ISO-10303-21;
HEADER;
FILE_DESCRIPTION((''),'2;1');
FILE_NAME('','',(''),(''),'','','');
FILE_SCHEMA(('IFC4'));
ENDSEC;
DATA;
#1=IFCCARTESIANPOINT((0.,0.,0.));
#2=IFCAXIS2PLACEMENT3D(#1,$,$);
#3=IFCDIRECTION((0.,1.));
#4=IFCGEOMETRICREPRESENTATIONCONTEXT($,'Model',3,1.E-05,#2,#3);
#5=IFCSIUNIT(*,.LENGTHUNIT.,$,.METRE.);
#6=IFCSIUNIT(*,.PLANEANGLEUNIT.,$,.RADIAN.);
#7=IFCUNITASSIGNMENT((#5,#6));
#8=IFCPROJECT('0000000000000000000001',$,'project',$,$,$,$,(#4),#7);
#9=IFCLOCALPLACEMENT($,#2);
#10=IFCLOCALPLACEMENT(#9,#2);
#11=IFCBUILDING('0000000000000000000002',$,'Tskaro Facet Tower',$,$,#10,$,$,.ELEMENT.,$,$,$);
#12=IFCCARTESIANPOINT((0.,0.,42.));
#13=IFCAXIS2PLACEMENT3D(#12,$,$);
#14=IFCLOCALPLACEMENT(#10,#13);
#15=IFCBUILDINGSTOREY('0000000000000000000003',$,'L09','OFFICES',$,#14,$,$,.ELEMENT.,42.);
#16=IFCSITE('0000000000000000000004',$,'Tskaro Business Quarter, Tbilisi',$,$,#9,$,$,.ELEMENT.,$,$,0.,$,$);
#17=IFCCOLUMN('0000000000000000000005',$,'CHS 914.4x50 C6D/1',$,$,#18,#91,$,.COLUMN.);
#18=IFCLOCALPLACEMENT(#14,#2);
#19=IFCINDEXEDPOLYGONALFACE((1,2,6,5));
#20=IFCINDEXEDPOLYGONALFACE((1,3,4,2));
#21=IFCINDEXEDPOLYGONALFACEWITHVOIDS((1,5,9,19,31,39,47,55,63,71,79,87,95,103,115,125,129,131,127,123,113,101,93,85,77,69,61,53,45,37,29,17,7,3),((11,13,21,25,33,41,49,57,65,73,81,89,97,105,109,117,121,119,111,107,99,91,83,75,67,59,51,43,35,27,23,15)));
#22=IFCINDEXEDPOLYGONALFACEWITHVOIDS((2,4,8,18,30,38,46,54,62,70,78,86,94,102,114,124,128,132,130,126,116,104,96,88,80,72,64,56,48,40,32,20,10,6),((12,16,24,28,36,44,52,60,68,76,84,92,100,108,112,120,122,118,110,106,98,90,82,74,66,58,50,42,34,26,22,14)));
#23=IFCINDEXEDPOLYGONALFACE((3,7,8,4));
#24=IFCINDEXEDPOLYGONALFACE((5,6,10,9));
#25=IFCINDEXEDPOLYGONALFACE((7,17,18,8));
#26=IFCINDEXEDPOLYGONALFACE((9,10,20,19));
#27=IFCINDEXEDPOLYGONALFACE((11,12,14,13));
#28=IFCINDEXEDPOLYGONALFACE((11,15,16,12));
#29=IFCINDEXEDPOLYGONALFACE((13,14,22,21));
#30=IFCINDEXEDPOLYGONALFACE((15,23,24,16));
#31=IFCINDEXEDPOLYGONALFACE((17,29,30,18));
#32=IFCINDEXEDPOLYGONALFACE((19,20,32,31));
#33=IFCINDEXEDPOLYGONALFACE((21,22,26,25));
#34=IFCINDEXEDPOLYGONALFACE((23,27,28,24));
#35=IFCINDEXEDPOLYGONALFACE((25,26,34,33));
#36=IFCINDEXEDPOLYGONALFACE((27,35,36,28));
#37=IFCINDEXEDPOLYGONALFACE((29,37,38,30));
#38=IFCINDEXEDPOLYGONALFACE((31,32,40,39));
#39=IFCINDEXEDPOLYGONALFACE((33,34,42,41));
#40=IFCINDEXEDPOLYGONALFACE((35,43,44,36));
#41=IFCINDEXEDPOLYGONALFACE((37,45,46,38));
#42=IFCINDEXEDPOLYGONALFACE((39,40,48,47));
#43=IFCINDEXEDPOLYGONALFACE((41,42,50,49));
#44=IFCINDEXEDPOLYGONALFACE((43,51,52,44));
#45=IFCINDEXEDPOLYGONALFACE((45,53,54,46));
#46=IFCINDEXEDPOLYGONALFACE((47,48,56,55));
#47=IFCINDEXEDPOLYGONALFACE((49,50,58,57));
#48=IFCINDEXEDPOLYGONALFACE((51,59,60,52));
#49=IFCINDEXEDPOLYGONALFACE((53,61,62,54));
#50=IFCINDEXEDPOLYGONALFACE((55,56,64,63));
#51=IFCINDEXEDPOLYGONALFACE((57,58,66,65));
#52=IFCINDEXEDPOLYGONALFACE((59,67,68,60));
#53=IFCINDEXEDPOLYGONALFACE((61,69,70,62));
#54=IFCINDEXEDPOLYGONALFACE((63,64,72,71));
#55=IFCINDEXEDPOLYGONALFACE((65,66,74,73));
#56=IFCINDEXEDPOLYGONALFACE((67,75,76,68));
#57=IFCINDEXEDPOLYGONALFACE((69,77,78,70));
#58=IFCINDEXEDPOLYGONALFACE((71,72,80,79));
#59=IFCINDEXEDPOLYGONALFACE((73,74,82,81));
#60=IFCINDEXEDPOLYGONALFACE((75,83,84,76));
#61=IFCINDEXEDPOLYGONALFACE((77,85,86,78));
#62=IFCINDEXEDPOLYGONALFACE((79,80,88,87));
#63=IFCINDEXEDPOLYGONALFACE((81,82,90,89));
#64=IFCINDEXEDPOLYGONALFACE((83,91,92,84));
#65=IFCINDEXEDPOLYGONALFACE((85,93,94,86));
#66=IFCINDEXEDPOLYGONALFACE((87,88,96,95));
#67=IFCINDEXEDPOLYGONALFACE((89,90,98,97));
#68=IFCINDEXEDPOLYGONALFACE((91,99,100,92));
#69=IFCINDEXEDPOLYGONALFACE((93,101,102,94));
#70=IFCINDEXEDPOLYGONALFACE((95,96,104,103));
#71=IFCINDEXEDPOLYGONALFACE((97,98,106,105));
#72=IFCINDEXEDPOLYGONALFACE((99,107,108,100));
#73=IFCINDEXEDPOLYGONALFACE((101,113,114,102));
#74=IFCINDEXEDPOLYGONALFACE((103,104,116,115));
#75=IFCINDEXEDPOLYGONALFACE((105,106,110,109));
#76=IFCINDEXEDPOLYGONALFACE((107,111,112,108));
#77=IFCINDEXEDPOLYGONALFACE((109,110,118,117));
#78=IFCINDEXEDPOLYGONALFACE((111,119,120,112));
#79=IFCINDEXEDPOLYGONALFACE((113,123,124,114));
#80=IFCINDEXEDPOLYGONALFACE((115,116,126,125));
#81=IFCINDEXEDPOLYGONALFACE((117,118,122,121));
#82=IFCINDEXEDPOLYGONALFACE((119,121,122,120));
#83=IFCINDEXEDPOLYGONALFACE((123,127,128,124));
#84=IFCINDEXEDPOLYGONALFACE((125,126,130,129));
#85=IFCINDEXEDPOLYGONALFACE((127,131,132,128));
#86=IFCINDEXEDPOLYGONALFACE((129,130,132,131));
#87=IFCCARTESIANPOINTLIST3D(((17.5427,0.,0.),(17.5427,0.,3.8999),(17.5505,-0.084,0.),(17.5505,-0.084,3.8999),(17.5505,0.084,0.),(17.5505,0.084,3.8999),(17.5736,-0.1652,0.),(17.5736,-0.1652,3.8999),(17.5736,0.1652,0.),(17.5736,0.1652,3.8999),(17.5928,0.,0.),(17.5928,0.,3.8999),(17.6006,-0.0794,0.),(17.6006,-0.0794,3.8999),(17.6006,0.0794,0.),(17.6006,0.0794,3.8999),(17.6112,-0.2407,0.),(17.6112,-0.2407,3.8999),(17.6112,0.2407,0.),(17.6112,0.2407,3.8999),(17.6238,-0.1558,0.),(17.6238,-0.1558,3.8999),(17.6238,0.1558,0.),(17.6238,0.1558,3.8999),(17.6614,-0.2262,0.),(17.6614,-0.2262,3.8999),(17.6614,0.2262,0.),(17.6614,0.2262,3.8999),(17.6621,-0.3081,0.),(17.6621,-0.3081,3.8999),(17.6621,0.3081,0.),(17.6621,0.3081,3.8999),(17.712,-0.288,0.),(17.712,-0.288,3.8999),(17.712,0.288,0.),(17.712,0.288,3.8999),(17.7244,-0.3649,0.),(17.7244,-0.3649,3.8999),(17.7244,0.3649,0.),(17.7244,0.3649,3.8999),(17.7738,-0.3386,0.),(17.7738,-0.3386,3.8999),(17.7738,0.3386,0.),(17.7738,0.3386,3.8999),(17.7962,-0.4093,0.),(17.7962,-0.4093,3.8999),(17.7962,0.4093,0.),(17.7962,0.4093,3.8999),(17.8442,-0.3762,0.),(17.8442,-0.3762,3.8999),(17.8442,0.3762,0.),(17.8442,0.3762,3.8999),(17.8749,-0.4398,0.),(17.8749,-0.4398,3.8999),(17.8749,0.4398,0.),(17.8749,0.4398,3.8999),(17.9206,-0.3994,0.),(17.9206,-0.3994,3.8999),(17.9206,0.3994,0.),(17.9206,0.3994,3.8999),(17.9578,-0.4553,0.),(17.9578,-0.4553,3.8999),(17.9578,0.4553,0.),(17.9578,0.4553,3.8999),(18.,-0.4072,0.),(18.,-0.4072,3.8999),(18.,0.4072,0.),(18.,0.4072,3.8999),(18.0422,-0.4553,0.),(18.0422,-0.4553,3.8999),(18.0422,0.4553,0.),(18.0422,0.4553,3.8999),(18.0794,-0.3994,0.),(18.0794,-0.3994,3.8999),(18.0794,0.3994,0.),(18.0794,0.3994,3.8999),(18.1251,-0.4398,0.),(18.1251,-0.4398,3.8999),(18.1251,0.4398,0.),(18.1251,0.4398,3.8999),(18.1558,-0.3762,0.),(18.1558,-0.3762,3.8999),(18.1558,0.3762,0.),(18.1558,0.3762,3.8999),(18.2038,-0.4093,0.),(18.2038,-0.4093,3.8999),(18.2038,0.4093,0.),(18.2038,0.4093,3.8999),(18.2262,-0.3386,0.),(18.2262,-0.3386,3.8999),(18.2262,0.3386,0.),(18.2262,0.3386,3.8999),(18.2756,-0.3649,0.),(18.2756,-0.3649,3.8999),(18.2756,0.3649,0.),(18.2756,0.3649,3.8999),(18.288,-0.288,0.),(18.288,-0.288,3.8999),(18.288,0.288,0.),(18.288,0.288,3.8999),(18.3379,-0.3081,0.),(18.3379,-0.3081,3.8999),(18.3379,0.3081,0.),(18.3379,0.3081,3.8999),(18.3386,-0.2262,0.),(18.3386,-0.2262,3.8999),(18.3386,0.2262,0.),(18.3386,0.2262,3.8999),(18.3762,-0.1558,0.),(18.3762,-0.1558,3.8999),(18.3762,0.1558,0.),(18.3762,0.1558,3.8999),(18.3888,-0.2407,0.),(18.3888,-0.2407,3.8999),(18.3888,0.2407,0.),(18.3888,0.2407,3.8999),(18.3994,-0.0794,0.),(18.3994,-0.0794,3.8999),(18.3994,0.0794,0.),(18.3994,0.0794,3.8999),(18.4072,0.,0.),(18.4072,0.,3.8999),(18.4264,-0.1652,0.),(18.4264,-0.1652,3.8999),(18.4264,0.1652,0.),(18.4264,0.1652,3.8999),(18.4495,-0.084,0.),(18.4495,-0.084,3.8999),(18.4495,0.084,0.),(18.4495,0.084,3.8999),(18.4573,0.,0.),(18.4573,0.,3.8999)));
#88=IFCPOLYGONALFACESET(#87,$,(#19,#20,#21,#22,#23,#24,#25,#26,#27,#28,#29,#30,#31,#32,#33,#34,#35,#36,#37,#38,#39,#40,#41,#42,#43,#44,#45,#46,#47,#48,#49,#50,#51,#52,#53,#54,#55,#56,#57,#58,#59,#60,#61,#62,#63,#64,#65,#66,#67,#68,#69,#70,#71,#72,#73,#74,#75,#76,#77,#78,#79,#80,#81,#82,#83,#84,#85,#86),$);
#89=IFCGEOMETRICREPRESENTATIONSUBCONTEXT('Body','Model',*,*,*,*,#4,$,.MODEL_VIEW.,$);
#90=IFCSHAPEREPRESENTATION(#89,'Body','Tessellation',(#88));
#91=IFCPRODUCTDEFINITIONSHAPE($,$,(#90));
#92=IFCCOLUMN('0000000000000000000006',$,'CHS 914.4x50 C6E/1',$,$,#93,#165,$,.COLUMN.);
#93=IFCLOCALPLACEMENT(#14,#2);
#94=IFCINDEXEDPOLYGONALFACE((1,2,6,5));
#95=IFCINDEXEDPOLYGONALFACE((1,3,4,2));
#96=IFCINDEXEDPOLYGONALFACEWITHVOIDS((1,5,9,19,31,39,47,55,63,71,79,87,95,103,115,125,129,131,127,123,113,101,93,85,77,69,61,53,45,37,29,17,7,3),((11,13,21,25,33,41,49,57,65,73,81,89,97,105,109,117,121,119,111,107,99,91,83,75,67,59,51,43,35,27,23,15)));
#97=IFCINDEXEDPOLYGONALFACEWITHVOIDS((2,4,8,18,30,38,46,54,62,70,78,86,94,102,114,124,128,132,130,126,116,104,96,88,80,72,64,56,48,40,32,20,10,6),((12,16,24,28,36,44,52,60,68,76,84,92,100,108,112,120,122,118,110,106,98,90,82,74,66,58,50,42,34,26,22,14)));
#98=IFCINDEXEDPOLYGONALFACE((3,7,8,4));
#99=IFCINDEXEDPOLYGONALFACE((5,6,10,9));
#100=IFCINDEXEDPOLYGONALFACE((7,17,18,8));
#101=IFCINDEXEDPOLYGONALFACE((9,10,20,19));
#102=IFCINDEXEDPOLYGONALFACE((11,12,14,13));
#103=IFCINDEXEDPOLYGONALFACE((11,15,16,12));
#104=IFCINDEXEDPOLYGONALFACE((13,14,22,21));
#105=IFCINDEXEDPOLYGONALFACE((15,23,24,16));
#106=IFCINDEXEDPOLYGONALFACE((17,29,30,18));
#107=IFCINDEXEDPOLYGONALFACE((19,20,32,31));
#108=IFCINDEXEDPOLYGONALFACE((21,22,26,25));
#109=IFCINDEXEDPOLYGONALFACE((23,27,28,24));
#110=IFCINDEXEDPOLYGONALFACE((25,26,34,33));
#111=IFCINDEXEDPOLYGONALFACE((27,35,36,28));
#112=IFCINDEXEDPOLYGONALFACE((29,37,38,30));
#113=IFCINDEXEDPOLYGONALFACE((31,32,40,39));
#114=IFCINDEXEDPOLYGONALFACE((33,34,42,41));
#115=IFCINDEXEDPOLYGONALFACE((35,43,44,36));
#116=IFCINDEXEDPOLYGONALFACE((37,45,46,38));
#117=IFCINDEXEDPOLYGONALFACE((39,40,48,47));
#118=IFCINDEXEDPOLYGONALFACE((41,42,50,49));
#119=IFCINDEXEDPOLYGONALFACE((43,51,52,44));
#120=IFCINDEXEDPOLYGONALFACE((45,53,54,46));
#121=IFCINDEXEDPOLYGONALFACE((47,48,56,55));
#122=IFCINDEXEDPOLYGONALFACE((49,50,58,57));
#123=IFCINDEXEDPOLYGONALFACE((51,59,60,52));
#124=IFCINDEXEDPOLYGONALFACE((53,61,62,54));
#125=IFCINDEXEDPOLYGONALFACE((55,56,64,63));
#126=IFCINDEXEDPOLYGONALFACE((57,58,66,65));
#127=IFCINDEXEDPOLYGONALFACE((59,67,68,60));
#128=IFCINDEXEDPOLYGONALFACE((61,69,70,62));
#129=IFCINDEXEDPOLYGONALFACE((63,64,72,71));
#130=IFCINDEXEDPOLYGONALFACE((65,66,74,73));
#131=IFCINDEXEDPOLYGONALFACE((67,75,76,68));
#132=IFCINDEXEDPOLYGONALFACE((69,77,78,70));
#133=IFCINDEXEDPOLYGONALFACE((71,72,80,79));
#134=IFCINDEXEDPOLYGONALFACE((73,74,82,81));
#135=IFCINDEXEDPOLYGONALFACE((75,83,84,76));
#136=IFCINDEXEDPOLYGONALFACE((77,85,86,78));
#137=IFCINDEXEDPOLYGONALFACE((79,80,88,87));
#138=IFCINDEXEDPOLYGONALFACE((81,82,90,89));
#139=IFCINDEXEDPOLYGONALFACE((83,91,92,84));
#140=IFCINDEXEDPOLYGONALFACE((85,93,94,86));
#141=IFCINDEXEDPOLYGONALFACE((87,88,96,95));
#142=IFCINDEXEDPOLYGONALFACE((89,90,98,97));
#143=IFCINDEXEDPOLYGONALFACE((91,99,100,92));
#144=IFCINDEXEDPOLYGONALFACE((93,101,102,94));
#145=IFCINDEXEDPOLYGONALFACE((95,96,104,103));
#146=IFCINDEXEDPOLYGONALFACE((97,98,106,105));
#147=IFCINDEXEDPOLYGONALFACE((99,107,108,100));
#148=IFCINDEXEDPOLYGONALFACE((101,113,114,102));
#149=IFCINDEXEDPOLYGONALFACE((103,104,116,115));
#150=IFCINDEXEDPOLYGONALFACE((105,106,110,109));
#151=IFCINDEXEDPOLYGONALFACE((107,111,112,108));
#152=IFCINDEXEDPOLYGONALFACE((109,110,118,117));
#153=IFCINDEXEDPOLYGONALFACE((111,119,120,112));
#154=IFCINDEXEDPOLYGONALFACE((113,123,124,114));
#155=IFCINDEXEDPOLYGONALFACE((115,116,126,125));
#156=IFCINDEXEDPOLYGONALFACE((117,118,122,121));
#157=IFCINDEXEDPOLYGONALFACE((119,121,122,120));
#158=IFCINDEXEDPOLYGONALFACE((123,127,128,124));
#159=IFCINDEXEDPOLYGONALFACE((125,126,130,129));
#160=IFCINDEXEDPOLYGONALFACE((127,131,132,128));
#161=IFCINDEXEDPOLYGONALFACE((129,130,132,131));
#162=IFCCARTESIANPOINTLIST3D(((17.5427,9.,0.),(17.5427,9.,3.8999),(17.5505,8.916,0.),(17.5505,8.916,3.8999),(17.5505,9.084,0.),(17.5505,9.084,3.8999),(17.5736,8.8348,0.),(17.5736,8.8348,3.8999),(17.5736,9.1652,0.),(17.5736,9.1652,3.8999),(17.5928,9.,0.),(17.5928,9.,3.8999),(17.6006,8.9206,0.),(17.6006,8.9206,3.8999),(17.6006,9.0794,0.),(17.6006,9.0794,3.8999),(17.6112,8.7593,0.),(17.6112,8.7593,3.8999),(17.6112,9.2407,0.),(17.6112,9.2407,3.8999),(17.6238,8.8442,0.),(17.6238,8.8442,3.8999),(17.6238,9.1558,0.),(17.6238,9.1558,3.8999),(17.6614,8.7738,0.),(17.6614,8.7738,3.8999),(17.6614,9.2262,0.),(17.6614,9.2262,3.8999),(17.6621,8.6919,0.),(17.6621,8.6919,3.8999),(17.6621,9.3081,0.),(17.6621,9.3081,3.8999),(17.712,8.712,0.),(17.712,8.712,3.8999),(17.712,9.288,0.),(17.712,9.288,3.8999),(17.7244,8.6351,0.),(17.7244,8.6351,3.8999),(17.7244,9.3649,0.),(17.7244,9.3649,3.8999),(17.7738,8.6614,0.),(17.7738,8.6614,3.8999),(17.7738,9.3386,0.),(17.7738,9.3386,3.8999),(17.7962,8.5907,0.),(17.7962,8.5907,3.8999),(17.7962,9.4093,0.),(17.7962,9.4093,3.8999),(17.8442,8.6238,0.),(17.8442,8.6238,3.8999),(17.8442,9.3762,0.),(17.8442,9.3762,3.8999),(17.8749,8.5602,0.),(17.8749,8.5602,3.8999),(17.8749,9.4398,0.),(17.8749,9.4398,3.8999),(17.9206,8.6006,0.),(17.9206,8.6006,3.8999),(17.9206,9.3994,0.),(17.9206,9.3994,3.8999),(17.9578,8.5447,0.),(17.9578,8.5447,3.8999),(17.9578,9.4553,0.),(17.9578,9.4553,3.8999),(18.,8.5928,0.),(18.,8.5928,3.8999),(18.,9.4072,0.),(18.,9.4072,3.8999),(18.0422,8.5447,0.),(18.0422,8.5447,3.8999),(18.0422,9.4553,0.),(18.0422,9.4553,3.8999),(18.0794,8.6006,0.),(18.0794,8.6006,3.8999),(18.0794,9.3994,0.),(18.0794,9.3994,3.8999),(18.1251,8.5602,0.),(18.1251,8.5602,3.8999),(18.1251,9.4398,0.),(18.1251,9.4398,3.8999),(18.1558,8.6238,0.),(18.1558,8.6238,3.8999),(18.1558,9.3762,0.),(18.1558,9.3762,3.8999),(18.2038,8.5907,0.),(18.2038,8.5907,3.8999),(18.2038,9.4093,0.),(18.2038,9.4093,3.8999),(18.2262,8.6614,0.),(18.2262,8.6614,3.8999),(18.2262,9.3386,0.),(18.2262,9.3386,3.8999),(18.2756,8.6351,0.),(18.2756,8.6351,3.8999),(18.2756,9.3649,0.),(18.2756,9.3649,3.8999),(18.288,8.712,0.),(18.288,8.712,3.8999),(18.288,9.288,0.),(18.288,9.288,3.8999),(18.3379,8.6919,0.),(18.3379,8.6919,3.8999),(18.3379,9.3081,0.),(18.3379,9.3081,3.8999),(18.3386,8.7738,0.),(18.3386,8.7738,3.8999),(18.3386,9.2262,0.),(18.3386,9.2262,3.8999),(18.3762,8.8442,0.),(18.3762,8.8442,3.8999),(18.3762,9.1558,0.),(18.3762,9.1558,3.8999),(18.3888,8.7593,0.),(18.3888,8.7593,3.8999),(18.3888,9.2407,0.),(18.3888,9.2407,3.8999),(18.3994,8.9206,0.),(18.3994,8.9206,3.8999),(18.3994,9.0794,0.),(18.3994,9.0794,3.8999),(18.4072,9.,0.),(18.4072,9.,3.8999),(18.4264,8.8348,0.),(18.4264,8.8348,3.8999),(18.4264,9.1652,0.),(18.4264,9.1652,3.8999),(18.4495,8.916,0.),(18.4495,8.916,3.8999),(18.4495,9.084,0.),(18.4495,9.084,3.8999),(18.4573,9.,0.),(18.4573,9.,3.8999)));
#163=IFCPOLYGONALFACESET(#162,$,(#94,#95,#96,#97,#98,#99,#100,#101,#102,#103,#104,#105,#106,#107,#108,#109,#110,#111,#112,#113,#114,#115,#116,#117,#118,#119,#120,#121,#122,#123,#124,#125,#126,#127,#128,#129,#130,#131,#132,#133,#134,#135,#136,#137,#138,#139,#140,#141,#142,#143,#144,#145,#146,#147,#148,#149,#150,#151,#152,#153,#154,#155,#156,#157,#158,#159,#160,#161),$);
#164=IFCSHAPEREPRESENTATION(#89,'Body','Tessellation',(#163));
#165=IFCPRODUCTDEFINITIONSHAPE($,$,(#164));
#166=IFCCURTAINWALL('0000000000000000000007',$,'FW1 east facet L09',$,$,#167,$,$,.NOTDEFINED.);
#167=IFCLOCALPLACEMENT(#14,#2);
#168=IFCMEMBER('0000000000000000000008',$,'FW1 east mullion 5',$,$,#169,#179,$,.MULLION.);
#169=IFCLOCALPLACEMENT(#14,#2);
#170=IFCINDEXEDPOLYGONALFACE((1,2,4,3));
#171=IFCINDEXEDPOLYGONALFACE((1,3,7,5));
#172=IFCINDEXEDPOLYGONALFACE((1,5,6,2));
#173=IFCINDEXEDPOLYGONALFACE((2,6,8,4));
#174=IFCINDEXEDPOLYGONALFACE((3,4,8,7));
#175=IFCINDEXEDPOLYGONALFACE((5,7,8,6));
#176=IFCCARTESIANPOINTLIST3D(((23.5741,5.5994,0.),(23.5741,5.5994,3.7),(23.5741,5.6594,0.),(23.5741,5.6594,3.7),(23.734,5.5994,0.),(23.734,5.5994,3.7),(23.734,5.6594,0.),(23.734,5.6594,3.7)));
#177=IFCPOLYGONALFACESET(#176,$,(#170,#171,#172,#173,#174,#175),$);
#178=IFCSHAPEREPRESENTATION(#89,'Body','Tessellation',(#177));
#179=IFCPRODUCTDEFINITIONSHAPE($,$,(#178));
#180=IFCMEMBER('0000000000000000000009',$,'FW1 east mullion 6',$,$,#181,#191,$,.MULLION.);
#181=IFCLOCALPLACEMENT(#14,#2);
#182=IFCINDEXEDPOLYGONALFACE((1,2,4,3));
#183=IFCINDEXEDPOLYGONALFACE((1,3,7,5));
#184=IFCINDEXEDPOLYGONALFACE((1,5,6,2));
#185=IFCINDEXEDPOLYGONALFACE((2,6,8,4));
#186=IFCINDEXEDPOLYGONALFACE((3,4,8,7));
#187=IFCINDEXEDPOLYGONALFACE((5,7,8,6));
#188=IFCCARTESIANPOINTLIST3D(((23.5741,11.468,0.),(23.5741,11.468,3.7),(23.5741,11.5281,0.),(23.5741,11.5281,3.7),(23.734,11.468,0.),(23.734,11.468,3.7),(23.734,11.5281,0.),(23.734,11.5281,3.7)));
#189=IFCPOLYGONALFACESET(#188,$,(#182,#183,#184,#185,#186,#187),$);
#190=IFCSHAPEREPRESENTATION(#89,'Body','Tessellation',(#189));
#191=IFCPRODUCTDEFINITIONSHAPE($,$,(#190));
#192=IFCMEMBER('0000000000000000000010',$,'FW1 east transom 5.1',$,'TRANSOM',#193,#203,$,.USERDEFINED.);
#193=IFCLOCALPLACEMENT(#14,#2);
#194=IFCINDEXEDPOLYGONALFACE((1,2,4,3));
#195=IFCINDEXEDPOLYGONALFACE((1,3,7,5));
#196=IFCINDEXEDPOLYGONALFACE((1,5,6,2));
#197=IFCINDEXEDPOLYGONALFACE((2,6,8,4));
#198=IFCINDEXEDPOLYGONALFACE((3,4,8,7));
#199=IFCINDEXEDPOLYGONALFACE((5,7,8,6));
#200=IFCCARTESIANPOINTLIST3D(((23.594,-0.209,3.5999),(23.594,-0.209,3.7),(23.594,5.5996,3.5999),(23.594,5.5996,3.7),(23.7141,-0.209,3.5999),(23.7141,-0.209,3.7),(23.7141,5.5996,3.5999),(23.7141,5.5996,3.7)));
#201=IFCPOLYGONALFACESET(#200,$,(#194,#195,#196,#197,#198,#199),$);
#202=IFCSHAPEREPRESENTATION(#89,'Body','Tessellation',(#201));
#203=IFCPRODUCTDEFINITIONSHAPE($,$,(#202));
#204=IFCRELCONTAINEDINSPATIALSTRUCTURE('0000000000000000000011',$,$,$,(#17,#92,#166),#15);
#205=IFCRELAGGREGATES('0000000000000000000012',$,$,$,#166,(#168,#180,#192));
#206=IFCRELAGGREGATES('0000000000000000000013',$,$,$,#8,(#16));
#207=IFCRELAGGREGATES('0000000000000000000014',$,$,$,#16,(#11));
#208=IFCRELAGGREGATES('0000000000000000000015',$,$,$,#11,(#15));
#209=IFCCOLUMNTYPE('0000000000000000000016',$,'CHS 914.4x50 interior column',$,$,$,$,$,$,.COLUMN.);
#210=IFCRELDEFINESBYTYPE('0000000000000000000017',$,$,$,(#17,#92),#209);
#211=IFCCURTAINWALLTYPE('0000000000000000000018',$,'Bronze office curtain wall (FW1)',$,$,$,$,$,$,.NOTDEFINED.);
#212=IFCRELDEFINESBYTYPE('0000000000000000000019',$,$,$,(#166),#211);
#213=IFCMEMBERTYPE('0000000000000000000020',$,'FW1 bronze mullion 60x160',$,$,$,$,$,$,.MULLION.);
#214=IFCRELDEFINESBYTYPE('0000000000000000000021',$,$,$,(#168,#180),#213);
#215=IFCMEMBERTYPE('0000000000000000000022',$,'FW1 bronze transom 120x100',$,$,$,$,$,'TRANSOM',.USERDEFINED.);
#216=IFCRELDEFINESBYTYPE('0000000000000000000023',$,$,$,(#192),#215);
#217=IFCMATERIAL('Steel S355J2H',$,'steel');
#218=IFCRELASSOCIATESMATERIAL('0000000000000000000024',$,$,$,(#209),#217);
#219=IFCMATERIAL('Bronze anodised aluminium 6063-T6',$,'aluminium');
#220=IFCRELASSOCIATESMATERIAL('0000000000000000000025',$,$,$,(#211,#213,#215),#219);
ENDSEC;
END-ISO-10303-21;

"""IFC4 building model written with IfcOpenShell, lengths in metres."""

from ifc_helpers import new_model, si_unit, direction, frame, origin, origin_2d, place, context, subcontext, project, spatial, rectangle, hollow_circle, extrude, material, material_profile, profile_set, type_object, element, aggregate, save


model = new_model("IFC4")

# Units and contexts
model_context = context("Model", 3, precision=1e-05, world=origin(), true_north=direction((0.0, 1.0)))
body_context = subcontext(model_context, "Body", "Model", "MODEL_VIEW")
ifc_project = project(units=[si_unit("LENGTHUNIT", "METRE"), si_unit("PLANEANGLEUNIT", "RADIAN")], contexts=[model_context])

# Site, building, storey
site_placement = place(None, origin())
site = spatial("IfcSite", under=ifc_project, at=site_placement, Name="Tskaro Business Quarter, Tbilisi", CompositionType="ELEMENT", RefElevation=0.0)
building_placement = place(site_placement, origin())
building = spatial("IfcBuilding", under=site, at=building_placement, Name="Tskaro Facet Tower", CompositionType="ELEMENT")
storey_placement = place(building_placement, frame((0.0, 0.0, 42.0)))
storey = spatial("IfcBuildingStorey", under=building, at=storey_placement, Name="L09", Description="OFFICES", CompositionType="ELEMENT", Elevation=42.0)

# Columns
ifc_material_1 = material(Name="Steel S355J2H", Category="steel")
ifc_material_profile_1 = material_profile(ifc_material_1, hollow_circle(Radius=0.4573, WallThickness=0.05, at=origin_2d()), Name="CHS 914.4x50")
ifc_profile_set_1 = profile_set([ifc_material_profile_1], Name="Steel S355J2H")
column_type_1 = type_object("IfcColumnType", Name="CHS 914.4x50 interior column", PredefinedType="COLUMN", material=ifc_profile_set_1)
for number, where, z_axis, x_axis, name in (
    (1, (18.0, 0.0, 0.0), (0.0, 0.0, 1.0), (1.0, 0.0, 0.0), "CHS 914.4x50 C6D/1"),
    (2, (18.0, 9.0, 0.0), (0.0, 0.0, 1.0), (1.0, 0.0, 0.0), "CHS 914.4x50 C6E/1"),
):
    element("IfcColumn", number, at=place(storey_placement, frame(where, z_axis=z_axis, x_axis=x_axis)), inside=storey, type_object=column_type_1, Name=name, PredefinedType="COLUMN", context=body_context, shape_type="SweptSolid", body=[
        extrude(hollow_circle(Radius=0.4573, WallThickness=0.05, at=origin_2d()), origin(), (0.0, 0.0, 1.0), 3.8999),
    ])

# Curtain wall, members
ifc_material_2 = material(Name="Bronze anodised aluminium 6063-T6", Category="aluminium")
curtain_wall_type = type_object("IfcCurtainWallType", Name="Bronze office curtain wall (FW1)", PredefinedType="NOTDEFINED", material=ifc_material_2)
curtain_wall_placement = place(storey_placement, origin())
curtain_wall = element("IfcCurtainWall", 3, at=curtain_wall_placement, inside=storey, type_object=curtain_wall_type, Name="FW1 east facet L09", PredefinedType="NOTDEFINED")
ifc_material_profile_2 = material_profile(ifc_material_2, rectangle(XDim=0.0601, YDim=0.1599, at=origin_2d()), Name="Mullion 60x160")
ifc_profile_set_2 = profile_set([ifc_material_profile_2], Name="Bronze anodised aluminium 6063-T6")
member_type_1 = type_object("IfcMemberType", Name="FW1 bronze mullion 60x160", PredefinedType="MULLION", material=ifc_profile_set_2)
member_1_placement = place(storey_placement, frame((23.6541, 5.6294, 0.0), z_axis=(0.0, 0.0, 1.0), x_axis=(0.0, 1.0, 0.0)))
member_1 = element("IfcMember", 4, at=member_1_placement, type_object=member_type_1, Name="FW1 east mullion 5", PredefinedType="MULLION", context=body_context, shape_type="SweptSolid", body=[
    extrude(rectangle(XDim=0.0601, YDim=0.1599, at=origin_2d()), origin(), (0.0, 0.0, 1.0), 3.7),
])
member_2_placement = place(storey_placement, frame((23.6541, 11.498, 0.0), z_axis=(0.0, 0.0, 1.0), x_axis=(0.0, 1.0, 0.0)))
member_2 = element("IfcMember", 5, at=member_2_placement, type_object=member_type_1, Name="FW1 east mullion 6", PredefinedType="MULLION", context=body_context, shape_type="SweptSolid", body=[
    extrude(rectangle(XDim=0.0601, YDim=0.1599, at=origin_2d()), origin(), (0.0, 0.0, 1.0), 3.7),
])
ifc_material_profile_3 = material_profile(ifc_material_2, rectangle(XDim=0.1201, YDim=0.1001, at=origin_2d()), Name="Transom 120x100")
ifc_profile_set_3 = profile_set([ifc_material_profile_3], Name="Bronze anodised aluminium 6063-T6")
member_type_2 = type_object("IfcMemberType", Name="FW1 bronze transom 120x100", ElementType="TRANSOM", PredefinedType="USERDEFINED", material=ifc_profile_set_3)
member_3_placement = place(storey_placement, frame((23.6541, -0.209, 3.6499), z_axis=(0.0, 1.0, 0.0), x_axis=(-1.0, 0.0, 0.0)))
member_3 = element("IfcMember", 6, at=member_3_placement, type_object=member_type_2, Name="FW1 east transom 5.1", ObjectType="TRANSOM", PredefinedType="USERDEFINED", context=body_context, shape_type="SweptSolid", body=[
    extrude(rectangle(XDim=0.1201, YDim=0.1001, at=origin_2d()), origin(), (0.0, 0.0, 1.0), 5.8086),
])

aggregate(curtain_wall, [member_1, member_2, member_3])

save(model, "model.ifc")
